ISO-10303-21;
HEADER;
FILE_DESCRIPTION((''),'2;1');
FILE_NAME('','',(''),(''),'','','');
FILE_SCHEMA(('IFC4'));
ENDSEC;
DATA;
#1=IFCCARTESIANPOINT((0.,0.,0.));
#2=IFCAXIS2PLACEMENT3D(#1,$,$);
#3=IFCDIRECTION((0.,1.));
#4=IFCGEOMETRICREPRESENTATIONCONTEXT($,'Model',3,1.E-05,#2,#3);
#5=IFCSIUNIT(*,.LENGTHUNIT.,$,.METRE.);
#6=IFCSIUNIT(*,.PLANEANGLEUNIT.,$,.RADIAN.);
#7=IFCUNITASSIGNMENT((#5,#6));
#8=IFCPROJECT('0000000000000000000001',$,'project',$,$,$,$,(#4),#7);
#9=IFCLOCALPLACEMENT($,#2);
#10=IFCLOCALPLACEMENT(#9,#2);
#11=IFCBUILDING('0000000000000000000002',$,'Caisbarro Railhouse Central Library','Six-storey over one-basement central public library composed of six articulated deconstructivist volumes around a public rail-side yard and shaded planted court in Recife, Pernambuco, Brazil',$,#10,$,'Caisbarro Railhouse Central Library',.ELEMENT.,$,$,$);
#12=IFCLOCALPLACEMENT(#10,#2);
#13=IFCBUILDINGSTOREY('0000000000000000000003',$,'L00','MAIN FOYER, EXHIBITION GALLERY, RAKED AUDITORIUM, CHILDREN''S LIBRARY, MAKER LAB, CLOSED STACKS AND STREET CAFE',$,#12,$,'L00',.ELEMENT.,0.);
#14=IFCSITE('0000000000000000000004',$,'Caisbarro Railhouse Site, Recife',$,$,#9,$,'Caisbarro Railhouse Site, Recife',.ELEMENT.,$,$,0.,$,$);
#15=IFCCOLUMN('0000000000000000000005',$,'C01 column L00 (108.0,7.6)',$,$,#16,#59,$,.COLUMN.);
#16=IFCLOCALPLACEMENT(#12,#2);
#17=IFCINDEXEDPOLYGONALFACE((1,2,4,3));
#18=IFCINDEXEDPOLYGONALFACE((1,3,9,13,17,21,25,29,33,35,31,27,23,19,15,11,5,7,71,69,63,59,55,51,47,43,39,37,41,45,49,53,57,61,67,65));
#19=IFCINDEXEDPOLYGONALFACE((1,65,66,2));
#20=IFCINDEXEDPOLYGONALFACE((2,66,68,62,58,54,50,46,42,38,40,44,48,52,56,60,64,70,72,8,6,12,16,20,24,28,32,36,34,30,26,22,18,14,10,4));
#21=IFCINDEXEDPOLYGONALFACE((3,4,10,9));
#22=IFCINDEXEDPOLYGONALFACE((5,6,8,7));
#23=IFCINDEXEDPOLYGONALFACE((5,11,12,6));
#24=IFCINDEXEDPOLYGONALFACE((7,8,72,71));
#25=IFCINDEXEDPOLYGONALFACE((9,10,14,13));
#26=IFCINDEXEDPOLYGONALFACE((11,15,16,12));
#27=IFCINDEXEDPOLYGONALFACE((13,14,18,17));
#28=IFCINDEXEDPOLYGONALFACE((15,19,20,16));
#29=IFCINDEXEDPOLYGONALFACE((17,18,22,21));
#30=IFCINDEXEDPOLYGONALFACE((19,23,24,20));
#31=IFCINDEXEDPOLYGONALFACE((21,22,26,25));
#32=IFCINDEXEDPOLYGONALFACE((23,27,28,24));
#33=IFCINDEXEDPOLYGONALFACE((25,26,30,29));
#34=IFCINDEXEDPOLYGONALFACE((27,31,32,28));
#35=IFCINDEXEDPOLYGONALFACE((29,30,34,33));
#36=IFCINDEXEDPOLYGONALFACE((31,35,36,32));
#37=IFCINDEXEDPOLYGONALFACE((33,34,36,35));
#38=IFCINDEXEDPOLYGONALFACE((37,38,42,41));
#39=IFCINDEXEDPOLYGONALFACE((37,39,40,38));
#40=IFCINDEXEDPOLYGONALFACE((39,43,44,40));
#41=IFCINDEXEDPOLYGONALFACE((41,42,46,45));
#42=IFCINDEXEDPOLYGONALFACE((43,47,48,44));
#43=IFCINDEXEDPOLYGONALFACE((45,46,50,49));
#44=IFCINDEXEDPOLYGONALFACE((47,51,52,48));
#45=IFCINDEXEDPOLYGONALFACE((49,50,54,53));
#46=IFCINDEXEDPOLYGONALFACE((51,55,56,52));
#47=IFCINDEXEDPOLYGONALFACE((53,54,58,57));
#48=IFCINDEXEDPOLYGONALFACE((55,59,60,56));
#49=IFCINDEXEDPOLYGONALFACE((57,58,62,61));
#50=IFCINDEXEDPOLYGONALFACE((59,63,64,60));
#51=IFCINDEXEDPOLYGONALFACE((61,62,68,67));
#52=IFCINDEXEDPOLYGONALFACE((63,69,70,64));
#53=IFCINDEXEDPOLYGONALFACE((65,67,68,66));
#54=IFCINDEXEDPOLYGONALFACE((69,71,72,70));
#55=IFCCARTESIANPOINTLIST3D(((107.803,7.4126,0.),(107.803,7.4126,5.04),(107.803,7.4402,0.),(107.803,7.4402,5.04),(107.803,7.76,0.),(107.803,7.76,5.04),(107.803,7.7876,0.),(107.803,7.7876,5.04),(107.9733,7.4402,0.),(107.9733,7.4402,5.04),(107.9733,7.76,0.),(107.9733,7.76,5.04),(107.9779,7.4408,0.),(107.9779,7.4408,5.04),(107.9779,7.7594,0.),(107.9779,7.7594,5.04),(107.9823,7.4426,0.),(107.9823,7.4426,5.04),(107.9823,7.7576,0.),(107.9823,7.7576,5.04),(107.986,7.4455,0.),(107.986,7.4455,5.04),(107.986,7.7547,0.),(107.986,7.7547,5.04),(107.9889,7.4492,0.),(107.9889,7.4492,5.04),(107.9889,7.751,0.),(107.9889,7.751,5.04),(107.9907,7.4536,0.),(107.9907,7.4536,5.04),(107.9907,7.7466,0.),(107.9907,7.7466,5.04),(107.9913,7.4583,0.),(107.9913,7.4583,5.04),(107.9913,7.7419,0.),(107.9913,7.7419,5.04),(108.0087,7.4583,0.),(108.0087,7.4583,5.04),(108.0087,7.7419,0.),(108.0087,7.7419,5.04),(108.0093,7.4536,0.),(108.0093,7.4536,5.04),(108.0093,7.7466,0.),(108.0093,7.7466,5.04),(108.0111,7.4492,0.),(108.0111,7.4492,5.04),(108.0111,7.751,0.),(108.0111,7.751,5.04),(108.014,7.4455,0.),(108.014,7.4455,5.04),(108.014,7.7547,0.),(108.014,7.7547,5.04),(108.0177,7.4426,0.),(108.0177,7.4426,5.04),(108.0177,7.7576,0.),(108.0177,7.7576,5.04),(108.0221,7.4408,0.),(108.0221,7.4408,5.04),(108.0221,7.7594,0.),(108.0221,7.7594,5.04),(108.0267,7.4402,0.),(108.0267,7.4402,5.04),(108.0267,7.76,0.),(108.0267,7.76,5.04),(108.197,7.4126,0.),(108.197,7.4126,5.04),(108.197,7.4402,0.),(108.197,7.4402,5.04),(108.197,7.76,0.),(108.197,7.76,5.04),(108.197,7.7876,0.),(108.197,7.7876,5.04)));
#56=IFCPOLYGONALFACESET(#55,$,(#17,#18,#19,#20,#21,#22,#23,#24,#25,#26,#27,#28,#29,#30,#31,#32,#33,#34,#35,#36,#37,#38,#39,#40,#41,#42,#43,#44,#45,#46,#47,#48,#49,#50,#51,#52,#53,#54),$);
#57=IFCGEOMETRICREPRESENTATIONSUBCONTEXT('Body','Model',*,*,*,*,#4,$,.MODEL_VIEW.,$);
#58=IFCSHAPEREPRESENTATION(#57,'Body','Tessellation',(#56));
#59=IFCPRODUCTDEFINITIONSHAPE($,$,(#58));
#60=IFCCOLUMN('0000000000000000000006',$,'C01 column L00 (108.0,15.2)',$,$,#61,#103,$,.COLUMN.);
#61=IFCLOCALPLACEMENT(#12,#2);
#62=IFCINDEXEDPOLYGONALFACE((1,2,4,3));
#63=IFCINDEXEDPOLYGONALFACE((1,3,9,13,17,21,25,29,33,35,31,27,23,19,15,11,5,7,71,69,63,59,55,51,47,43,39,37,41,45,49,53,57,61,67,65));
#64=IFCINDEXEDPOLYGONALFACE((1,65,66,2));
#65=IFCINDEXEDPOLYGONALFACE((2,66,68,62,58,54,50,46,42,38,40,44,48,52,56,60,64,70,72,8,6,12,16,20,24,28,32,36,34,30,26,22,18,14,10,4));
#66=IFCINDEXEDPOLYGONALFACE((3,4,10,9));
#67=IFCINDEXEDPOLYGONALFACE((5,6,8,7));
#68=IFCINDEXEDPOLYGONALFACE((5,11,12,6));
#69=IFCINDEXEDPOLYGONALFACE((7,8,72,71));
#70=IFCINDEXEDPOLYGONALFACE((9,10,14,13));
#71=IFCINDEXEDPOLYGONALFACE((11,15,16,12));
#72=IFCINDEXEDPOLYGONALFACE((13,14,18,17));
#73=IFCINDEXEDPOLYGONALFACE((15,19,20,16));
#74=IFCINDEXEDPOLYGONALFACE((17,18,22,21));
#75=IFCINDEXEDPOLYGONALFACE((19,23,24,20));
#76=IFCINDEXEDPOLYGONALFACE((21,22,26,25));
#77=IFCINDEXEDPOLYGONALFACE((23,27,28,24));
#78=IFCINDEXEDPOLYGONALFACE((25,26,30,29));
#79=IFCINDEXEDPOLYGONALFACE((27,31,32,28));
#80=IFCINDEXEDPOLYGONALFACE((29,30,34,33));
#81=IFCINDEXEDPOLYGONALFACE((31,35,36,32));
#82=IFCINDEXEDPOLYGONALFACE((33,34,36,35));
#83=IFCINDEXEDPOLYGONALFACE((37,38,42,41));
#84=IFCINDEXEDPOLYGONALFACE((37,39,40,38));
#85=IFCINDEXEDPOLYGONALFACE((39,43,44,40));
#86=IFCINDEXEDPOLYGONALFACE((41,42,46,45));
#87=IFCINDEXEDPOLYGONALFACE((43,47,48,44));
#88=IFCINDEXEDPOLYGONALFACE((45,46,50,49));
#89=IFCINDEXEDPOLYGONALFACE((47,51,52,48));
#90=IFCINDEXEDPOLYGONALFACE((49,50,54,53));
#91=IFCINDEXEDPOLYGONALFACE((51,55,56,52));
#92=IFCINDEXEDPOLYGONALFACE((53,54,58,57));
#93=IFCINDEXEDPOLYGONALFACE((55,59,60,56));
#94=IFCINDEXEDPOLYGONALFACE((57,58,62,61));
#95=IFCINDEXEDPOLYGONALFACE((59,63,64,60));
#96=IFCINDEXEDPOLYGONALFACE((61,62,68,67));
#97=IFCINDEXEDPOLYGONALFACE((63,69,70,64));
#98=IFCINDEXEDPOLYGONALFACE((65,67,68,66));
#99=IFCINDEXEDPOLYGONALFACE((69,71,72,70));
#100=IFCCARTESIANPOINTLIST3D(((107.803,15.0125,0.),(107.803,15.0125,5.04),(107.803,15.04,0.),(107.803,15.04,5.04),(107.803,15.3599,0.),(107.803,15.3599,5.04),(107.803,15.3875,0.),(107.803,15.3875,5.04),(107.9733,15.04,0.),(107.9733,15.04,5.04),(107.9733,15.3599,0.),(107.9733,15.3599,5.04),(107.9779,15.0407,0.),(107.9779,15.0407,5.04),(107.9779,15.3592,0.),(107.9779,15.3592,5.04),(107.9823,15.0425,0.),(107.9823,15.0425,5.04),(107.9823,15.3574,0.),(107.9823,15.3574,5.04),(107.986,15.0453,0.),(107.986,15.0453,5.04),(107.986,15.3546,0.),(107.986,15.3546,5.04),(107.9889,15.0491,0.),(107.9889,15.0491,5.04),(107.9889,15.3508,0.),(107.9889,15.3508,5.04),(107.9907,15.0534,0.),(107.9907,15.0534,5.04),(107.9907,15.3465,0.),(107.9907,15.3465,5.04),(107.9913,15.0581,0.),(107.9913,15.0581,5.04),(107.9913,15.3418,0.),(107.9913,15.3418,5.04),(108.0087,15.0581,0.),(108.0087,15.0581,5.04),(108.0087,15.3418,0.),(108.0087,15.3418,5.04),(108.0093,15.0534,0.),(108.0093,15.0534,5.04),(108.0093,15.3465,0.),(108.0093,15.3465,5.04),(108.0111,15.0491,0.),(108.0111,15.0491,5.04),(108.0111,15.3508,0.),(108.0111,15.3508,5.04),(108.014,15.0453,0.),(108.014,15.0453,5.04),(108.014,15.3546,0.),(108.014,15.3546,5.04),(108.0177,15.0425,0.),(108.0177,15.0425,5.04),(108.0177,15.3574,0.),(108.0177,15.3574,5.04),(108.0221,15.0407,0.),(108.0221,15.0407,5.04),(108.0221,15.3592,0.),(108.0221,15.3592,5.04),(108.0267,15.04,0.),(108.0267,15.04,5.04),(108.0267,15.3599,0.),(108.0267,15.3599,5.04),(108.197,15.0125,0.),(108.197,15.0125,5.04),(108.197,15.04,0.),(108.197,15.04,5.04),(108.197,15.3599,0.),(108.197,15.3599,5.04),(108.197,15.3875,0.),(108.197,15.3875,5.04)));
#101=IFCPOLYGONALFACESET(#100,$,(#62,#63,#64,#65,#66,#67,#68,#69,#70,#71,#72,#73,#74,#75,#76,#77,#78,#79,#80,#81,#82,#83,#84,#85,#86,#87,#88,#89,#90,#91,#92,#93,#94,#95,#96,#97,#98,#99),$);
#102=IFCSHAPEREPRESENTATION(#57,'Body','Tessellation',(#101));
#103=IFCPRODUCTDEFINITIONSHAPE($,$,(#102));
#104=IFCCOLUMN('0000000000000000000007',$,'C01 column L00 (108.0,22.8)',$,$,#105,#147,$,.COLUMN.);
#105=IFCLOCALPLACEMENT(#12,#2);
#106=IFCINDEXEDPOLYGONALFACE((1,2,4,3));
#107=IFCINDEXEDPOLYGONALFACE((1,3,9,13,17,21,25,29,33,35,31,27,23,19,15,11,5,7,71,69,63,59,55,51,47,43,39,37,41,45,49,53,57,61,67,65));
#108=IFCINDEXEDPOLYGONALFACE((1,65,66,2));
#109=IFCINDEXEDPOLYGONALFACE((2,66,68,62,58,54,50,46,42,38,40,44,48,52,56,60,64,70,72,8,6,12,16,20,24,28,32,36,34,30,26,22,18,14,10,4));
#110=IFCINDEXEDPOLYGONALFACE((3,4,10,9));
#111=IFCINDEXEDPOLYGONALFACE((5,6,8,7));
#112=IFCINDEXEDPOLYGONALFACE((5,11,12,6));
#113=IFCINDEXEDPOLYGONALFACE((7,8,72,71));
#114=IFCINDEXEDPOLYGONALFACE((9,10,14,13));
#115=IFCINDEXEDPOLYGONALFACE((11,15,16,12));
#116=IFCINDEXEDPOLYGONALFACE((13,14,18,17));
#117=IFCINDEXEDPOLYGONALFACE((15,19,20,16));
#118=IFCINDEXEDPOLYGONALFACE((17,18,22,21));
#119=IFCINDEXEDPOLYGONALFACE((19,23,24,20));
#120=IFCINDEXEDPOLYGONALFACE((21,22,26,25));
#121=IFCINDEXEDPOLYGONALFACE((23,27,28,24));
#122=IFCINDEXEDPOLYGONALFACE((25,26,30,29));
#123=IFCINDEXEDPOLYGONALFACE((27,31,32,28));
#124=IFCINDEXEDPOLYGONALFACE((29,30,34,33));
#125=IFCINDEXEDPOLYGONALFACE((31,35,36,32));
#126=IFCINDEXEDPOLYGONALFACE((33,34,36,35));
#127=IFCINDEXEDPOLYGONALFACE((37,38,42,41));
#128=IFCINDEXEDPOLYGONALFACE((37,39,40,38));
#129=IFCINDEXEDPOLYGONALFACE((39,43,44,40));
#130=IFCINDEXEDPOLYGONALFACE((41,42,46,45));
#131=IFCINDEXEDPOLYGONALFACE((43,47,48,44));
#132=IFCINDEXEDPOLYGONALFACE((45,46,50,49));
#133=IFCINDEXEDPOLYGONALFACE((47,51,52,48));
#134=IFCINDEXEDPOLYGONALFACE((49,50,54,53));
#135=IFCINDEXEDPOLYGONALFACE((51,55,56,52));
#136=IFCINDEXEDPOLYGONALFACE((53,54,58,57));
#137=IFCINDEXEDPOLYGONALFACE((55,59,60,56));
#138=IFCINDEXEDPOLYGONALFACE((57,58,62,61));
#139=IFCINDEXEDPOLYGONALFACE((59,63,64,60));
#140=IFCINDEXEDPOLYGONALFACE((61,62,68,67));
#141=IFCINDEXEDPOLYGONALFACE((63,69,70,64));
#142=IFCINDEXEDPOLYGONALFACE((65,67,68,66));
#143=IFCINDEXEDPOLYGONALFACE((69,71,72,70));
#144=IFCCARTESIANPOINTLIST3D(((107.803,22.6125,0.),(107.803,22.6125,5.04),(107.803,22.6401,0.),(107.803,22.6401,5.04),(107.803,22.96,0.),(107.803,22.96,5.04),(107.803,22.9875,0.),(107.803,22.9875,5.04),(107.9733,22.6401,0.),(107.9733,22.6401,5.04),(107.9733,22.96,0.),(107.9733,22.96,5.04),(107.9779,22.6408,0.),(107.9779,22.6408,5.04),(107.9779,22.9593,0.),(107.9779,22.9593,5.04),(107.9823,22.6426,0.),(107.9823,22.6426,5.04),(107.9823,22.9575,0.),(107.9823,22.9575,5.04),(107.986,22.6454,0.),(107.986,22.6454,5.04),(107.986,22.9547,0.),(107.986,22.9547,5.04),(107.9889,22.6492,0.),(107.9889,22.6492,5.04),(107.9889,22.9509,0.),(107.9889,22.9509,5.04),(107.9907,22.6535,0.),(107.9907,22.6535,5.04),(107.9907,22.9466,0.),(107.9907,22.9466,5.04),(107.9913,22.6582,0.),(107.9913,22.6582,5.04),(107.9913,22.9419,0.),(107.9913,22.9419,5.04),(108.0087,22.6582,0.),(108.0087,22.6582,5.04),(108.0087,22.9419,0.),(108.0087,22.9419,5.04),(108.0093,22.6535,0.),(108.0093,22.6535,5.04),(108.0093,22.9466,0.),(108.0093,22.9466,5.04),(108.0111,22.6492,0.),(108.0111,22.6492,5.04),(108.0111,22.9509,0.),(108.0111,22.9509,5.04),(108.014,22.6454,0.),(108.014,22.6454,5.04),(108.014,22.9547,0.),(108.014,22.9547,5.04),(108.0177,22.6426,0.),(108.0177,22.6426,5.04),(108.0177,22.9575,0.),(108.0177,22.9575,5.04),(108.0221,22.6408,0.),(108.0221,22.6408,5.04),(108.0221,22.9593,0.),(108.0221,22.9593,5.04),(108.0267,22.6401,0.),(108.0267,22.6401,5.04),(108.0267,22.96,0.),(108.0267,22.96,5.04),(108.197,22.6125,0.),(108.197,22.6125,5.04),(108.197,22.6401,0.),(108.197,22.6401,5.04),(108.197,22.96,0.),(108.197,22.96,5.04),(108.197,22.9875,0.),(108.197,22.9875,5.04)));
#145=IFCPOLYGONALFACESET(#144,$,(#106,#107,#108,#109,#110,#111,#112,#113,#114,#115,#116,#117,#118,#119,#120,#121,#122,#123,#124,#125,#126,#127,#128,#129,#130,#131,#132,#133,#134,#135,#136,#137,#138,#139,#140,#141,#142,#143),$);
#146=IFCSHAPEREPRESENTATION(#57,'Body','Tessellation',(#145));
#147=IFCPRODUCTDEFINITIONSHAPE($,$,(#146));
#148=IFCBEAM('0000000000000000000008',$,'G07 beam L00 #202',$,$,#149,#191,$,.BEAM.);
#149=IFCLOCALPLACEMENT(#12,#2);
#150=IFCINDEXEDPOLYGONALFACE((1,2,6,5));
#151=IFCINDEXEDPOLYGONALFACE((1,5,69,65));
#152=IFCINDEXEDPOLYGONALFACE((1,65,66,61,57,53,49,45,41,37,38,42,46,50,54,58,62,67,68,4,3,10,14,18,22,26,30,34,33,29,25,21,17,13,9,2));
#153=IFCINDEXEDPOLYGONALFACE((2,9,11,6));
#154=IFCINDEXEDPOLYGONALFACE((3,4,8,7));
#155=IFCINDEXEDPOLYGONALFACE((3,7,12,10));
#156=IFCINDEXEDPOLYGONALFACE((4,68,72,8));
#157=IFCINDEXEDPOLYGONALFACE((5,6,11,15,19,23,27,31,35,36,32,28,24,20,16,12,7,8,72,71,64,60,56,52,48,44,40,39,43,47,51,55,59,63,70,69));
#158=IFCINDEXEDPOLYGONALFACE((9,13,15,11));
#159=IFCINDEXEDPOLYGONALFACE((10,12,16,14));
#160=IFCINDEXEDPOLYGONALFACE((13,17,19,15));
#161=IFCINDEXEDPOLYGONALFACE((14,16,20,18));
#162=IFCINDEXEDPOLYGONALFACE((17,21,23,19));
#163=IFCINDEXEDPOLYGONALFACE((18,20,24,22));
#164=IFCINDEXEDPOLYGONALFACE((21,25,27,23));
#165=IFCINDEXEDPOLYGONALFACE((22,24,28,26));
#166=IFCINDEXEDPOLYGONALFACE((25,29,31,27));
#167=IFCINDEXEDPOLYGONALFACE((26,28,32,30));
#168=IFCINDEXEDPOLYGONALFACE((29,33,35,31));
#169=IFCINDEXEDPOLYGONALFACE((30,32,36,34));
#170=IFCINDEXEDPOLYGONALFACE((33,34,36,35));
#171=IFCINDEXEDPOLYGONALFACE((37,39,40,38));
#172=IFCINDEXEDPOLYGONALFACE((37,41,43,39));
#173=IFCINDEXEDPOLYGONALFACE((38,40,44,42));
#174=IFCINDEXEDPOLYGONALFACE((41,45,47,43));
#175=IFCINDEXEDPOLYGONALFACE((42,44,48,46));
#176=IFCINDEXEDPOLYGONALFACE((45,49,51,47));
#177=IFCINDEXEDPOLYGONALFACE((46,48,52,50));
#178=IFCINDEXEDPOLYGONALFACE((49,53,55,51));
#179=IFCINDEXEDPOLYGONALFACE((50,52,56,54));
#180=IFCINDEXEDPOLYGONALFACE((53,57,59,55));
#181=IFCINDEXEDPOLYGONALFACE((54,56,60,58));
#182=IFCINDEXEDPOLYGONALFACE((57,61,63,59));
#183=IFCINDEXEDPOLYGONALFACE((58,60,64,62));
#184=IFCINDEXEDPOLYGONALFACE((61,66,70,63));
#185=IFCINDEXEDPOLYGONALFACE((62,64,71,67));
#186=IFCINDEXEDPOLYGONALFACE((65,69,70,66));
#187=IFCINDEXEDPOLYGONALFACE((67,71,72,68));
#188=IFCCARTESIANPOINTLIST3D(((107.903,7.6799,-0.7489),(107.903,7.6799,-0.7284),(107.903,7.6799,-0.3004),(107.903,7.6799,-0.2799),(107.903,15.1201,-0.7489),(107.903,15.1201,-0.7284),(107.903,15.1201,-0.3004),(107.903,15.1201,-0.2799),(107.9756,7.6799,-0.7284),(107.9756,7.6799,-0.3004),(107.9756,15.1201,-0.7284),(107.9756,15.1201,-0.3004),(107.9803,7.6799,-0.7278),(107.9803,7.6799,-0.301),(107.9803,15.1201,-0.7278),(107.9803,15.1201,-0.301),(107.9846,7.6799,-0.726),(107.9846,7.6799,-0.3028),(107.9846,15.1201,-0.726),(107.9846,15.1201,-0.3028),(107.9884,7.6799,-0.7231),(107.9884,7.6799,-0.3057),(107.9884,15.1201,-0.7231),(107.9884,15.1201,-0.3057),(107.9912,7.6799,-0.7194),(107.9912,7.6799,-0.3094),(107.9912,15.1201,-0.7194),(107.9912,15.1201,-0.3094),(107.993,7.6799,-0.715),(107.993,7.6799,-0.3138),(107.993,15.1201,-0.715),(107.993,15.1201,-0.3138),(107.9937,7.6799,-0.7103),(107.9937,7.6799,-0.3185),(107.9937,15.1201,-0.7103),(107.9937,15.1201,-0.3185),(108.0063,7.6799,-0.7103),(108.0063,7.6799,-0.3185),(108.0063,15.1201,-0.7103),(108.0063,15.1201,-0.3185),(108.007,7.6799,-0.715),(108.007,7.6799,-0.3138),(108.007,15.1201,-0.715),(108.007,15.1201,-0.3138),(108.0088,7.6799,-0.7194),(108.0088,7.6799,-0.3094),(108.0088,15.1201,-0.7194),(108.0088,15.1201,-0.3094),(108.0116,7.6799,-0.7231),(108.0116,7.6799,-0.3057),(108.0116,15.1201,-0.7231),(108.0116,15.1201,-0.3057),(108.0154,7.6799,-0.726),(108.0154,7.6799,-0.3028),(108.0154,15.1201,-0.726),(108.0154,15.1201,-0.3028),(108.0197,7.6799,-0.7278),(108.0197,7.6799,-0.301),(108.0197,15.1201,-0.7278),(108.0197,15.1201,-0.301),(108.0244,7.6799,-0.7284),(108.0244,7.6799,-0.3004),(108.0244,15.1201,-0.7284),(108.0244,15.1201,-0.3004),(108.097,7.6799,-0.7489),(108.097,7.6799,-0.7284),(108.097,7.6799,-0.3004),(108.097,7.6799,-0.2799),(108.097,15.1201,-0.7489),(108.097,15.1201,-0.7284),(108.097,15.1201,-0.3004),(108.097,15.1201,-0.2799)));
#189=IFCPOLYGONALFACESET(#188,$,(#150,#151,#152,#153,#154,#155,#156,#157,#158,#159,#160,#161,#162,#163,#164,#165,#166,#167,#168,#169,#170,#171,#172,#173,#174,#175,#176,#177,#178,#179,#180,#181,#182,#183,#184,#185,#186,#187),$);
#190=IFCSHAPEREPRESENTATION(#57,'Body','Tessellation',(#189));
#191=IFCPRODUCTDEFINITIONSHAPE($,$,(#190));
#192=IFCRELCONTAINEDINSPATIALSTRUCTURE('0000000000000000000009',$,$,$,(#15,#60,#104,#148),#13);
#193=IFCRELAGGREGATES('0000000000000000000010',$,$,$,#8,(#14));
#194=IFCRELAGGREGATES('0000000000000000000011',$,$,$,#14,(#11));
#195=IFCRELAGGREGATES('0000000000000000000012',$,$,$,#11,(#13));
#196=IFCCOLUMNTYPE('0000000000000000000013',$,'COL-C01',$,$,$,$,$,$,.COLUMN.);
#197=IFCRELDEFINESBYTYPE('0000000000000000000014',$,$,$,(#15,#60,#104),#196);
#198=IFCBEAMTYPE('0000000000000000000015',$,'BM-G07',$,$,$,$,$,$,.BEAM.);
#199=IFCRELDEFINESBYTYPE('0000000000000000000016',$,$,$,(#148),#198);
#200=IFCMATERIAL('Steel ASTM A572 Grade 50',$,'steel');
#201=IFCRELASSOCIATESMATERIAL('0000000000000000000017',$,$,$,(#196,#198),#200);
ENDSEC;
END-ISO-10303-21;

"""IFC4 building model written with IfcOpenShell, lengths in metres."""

from ifc_helpers import new_model, si_unit, direction, frame, origin, origin_2d, place, context, subcontext, project, spatial, i_section, extrude, material, material_profile, profile_set, type_object, element, save


model = new_model("IFC4")

# Units and contexts
model_context = context("Model", 3, precision=1e-05, world=origin(), true_north=direction((0.0, 1.0)))
body_context = subcontext(model_context, "Body", "Model", "MODEL_VIEW")
ifc_project = project(units=[si_unit("LENGTHUNIT", "METRE"), si_unit("PLANEANGLEUNIT", "RADIAN")], contexts=[model_context])

# Site, building, storey
site_placement = place(None, origin())
site = spatial("IfcSite", under=ifc_project, at=site_placement, Name="Caisbarro Railhouse Site, Recife", LongName="Caisbarro Railhouse Site, Recife", CompositionType="ELEMENT", RefElevation=0.0)
building_placement = place(site_placement, origin())
building = spatial("IfcBuilding", under=site, at=building_placement, Name="Caisbarro Railhouse Central Library", Description="Six-storey over one-basement central public library composed of six articulated deconstructivist volumes around a public rail-side yard and shaded planted court in Recife, Pernambuco, Brazil", LongName="Caisbarro Railhouse Central Library", CompositionType="ELEMENT")
storey_placement = place(building_placement, origin())
storey = spatial("IfcBuildingStorey", under=building, at=storey_placement, Name="L00", Description="MAIN FOYER, EXHIBITION GALLERY, RAKED AUDITORIUM, CHILDREN'S LIBRARY, MAKER LAB, CLOSED STACKS AND STREET CAFE", LongName="L00", CompositionType="ELEMENT", Elevation=0.0)

# Columns
ifc_material_1 = material(Name="Steel ASTM A572 Grade 50", Category="steel")
ifc_material_profile_1 = material_profile(ifc_material_1, i_section(OverallWidth=0.394, OverallDepth=0.375, WebThickness=0.0173, FlangeThickness=0.0276, FilletRadius=0.0181, at=origin_2d()), Name="W360X216.0")
ifc_profile_set_1 = profile_set([ifc_material_profile_1], Name="Steel ASTM A572 Grade 50")
column_type = type_object("IfcColumnType", Name="COL-C01", PredefinedType="COLUMN", material=ifc_profile_set_1)
for number, where, z_axis, x_axis, name in (
    (1, (108.0, 7.6001, 0.0), (0.0, 0.0, 1.0), (1.0, 0.0, 0.0), "C01 column L00 (108.0,7.6)"),
    (2, (108.0, 15.2, 0.0), (0.0, 0.0, 1.0), (1.0, 0.0, 0.0), "C01 column L00 (108.0,15.2)"),
    (3, (108.0, 22.8, 0.0), (0.0, 0.0, 1.0), (1.0, 0.0, 0.0), "C01 column L00 (108.0,22.8)"),
):
    element("IfcColumn", number, at=place(storey_placement, frame(where, z_axis=z_axis, x_axis=x_axis)), inside=storey, type_object=column_type, Name=name, PredefinedType="COLUMN", context=body_context, shape_type="SweptSolid", body=[
        extrude(i_section(OverallWidth=0.394, OverallDepth=0.375, WebThickness=0.0173, FlangeThickness=0.0276, FilletRadius=0.0181, at=origin_2d()), origin(), (0.0, 0.0, 1.0), 5.04),
    ])

# Beam
ifc_material_profile_2 = material_profile(ifc_material_1, i_section(OverallWidth=0.1941, OverallDepth=0.469, WebThickness=0.0127, FlangeThickness=0.0205, FilletRadius=0.0181, at=origin_2d()), Name="W460X106.0")
ifc_profile_set_2 = profile_set([ifc_material_profile_2], Name="Steel ASTM A572 Grade 50")
beam_type_1 = type_object("IfcBeamType", Name="BM-G07", PredefinedType="BEAM", material=ifc_profile_set_2)
beam_1_placement = place(storey_placement, frame((108.0, 7.6799, -0.5144), z_axis=(0.0, 1.0, 0.0), x_axis=(-1.0, 0.0, 0.0)))
element("IfcBeam", 4, at=beam_1_placement, inside=storey, type_object=beam_type_1, Name="G07 beam L00 #202", PredefinedType="BEAM", context=body_context, shape_type="SweptSolid", body=[
    extrude(i_section(OverallWidth=0.1941, OverallDepth=0.469, WebThickness=0.0127, FlangeThickness=0.0205, FilletRadius=0.0181, at=origin_2d()), origin(), (0.0, 0.0, 1.0), 7.4402),
])

save(model, "model.ifc")
